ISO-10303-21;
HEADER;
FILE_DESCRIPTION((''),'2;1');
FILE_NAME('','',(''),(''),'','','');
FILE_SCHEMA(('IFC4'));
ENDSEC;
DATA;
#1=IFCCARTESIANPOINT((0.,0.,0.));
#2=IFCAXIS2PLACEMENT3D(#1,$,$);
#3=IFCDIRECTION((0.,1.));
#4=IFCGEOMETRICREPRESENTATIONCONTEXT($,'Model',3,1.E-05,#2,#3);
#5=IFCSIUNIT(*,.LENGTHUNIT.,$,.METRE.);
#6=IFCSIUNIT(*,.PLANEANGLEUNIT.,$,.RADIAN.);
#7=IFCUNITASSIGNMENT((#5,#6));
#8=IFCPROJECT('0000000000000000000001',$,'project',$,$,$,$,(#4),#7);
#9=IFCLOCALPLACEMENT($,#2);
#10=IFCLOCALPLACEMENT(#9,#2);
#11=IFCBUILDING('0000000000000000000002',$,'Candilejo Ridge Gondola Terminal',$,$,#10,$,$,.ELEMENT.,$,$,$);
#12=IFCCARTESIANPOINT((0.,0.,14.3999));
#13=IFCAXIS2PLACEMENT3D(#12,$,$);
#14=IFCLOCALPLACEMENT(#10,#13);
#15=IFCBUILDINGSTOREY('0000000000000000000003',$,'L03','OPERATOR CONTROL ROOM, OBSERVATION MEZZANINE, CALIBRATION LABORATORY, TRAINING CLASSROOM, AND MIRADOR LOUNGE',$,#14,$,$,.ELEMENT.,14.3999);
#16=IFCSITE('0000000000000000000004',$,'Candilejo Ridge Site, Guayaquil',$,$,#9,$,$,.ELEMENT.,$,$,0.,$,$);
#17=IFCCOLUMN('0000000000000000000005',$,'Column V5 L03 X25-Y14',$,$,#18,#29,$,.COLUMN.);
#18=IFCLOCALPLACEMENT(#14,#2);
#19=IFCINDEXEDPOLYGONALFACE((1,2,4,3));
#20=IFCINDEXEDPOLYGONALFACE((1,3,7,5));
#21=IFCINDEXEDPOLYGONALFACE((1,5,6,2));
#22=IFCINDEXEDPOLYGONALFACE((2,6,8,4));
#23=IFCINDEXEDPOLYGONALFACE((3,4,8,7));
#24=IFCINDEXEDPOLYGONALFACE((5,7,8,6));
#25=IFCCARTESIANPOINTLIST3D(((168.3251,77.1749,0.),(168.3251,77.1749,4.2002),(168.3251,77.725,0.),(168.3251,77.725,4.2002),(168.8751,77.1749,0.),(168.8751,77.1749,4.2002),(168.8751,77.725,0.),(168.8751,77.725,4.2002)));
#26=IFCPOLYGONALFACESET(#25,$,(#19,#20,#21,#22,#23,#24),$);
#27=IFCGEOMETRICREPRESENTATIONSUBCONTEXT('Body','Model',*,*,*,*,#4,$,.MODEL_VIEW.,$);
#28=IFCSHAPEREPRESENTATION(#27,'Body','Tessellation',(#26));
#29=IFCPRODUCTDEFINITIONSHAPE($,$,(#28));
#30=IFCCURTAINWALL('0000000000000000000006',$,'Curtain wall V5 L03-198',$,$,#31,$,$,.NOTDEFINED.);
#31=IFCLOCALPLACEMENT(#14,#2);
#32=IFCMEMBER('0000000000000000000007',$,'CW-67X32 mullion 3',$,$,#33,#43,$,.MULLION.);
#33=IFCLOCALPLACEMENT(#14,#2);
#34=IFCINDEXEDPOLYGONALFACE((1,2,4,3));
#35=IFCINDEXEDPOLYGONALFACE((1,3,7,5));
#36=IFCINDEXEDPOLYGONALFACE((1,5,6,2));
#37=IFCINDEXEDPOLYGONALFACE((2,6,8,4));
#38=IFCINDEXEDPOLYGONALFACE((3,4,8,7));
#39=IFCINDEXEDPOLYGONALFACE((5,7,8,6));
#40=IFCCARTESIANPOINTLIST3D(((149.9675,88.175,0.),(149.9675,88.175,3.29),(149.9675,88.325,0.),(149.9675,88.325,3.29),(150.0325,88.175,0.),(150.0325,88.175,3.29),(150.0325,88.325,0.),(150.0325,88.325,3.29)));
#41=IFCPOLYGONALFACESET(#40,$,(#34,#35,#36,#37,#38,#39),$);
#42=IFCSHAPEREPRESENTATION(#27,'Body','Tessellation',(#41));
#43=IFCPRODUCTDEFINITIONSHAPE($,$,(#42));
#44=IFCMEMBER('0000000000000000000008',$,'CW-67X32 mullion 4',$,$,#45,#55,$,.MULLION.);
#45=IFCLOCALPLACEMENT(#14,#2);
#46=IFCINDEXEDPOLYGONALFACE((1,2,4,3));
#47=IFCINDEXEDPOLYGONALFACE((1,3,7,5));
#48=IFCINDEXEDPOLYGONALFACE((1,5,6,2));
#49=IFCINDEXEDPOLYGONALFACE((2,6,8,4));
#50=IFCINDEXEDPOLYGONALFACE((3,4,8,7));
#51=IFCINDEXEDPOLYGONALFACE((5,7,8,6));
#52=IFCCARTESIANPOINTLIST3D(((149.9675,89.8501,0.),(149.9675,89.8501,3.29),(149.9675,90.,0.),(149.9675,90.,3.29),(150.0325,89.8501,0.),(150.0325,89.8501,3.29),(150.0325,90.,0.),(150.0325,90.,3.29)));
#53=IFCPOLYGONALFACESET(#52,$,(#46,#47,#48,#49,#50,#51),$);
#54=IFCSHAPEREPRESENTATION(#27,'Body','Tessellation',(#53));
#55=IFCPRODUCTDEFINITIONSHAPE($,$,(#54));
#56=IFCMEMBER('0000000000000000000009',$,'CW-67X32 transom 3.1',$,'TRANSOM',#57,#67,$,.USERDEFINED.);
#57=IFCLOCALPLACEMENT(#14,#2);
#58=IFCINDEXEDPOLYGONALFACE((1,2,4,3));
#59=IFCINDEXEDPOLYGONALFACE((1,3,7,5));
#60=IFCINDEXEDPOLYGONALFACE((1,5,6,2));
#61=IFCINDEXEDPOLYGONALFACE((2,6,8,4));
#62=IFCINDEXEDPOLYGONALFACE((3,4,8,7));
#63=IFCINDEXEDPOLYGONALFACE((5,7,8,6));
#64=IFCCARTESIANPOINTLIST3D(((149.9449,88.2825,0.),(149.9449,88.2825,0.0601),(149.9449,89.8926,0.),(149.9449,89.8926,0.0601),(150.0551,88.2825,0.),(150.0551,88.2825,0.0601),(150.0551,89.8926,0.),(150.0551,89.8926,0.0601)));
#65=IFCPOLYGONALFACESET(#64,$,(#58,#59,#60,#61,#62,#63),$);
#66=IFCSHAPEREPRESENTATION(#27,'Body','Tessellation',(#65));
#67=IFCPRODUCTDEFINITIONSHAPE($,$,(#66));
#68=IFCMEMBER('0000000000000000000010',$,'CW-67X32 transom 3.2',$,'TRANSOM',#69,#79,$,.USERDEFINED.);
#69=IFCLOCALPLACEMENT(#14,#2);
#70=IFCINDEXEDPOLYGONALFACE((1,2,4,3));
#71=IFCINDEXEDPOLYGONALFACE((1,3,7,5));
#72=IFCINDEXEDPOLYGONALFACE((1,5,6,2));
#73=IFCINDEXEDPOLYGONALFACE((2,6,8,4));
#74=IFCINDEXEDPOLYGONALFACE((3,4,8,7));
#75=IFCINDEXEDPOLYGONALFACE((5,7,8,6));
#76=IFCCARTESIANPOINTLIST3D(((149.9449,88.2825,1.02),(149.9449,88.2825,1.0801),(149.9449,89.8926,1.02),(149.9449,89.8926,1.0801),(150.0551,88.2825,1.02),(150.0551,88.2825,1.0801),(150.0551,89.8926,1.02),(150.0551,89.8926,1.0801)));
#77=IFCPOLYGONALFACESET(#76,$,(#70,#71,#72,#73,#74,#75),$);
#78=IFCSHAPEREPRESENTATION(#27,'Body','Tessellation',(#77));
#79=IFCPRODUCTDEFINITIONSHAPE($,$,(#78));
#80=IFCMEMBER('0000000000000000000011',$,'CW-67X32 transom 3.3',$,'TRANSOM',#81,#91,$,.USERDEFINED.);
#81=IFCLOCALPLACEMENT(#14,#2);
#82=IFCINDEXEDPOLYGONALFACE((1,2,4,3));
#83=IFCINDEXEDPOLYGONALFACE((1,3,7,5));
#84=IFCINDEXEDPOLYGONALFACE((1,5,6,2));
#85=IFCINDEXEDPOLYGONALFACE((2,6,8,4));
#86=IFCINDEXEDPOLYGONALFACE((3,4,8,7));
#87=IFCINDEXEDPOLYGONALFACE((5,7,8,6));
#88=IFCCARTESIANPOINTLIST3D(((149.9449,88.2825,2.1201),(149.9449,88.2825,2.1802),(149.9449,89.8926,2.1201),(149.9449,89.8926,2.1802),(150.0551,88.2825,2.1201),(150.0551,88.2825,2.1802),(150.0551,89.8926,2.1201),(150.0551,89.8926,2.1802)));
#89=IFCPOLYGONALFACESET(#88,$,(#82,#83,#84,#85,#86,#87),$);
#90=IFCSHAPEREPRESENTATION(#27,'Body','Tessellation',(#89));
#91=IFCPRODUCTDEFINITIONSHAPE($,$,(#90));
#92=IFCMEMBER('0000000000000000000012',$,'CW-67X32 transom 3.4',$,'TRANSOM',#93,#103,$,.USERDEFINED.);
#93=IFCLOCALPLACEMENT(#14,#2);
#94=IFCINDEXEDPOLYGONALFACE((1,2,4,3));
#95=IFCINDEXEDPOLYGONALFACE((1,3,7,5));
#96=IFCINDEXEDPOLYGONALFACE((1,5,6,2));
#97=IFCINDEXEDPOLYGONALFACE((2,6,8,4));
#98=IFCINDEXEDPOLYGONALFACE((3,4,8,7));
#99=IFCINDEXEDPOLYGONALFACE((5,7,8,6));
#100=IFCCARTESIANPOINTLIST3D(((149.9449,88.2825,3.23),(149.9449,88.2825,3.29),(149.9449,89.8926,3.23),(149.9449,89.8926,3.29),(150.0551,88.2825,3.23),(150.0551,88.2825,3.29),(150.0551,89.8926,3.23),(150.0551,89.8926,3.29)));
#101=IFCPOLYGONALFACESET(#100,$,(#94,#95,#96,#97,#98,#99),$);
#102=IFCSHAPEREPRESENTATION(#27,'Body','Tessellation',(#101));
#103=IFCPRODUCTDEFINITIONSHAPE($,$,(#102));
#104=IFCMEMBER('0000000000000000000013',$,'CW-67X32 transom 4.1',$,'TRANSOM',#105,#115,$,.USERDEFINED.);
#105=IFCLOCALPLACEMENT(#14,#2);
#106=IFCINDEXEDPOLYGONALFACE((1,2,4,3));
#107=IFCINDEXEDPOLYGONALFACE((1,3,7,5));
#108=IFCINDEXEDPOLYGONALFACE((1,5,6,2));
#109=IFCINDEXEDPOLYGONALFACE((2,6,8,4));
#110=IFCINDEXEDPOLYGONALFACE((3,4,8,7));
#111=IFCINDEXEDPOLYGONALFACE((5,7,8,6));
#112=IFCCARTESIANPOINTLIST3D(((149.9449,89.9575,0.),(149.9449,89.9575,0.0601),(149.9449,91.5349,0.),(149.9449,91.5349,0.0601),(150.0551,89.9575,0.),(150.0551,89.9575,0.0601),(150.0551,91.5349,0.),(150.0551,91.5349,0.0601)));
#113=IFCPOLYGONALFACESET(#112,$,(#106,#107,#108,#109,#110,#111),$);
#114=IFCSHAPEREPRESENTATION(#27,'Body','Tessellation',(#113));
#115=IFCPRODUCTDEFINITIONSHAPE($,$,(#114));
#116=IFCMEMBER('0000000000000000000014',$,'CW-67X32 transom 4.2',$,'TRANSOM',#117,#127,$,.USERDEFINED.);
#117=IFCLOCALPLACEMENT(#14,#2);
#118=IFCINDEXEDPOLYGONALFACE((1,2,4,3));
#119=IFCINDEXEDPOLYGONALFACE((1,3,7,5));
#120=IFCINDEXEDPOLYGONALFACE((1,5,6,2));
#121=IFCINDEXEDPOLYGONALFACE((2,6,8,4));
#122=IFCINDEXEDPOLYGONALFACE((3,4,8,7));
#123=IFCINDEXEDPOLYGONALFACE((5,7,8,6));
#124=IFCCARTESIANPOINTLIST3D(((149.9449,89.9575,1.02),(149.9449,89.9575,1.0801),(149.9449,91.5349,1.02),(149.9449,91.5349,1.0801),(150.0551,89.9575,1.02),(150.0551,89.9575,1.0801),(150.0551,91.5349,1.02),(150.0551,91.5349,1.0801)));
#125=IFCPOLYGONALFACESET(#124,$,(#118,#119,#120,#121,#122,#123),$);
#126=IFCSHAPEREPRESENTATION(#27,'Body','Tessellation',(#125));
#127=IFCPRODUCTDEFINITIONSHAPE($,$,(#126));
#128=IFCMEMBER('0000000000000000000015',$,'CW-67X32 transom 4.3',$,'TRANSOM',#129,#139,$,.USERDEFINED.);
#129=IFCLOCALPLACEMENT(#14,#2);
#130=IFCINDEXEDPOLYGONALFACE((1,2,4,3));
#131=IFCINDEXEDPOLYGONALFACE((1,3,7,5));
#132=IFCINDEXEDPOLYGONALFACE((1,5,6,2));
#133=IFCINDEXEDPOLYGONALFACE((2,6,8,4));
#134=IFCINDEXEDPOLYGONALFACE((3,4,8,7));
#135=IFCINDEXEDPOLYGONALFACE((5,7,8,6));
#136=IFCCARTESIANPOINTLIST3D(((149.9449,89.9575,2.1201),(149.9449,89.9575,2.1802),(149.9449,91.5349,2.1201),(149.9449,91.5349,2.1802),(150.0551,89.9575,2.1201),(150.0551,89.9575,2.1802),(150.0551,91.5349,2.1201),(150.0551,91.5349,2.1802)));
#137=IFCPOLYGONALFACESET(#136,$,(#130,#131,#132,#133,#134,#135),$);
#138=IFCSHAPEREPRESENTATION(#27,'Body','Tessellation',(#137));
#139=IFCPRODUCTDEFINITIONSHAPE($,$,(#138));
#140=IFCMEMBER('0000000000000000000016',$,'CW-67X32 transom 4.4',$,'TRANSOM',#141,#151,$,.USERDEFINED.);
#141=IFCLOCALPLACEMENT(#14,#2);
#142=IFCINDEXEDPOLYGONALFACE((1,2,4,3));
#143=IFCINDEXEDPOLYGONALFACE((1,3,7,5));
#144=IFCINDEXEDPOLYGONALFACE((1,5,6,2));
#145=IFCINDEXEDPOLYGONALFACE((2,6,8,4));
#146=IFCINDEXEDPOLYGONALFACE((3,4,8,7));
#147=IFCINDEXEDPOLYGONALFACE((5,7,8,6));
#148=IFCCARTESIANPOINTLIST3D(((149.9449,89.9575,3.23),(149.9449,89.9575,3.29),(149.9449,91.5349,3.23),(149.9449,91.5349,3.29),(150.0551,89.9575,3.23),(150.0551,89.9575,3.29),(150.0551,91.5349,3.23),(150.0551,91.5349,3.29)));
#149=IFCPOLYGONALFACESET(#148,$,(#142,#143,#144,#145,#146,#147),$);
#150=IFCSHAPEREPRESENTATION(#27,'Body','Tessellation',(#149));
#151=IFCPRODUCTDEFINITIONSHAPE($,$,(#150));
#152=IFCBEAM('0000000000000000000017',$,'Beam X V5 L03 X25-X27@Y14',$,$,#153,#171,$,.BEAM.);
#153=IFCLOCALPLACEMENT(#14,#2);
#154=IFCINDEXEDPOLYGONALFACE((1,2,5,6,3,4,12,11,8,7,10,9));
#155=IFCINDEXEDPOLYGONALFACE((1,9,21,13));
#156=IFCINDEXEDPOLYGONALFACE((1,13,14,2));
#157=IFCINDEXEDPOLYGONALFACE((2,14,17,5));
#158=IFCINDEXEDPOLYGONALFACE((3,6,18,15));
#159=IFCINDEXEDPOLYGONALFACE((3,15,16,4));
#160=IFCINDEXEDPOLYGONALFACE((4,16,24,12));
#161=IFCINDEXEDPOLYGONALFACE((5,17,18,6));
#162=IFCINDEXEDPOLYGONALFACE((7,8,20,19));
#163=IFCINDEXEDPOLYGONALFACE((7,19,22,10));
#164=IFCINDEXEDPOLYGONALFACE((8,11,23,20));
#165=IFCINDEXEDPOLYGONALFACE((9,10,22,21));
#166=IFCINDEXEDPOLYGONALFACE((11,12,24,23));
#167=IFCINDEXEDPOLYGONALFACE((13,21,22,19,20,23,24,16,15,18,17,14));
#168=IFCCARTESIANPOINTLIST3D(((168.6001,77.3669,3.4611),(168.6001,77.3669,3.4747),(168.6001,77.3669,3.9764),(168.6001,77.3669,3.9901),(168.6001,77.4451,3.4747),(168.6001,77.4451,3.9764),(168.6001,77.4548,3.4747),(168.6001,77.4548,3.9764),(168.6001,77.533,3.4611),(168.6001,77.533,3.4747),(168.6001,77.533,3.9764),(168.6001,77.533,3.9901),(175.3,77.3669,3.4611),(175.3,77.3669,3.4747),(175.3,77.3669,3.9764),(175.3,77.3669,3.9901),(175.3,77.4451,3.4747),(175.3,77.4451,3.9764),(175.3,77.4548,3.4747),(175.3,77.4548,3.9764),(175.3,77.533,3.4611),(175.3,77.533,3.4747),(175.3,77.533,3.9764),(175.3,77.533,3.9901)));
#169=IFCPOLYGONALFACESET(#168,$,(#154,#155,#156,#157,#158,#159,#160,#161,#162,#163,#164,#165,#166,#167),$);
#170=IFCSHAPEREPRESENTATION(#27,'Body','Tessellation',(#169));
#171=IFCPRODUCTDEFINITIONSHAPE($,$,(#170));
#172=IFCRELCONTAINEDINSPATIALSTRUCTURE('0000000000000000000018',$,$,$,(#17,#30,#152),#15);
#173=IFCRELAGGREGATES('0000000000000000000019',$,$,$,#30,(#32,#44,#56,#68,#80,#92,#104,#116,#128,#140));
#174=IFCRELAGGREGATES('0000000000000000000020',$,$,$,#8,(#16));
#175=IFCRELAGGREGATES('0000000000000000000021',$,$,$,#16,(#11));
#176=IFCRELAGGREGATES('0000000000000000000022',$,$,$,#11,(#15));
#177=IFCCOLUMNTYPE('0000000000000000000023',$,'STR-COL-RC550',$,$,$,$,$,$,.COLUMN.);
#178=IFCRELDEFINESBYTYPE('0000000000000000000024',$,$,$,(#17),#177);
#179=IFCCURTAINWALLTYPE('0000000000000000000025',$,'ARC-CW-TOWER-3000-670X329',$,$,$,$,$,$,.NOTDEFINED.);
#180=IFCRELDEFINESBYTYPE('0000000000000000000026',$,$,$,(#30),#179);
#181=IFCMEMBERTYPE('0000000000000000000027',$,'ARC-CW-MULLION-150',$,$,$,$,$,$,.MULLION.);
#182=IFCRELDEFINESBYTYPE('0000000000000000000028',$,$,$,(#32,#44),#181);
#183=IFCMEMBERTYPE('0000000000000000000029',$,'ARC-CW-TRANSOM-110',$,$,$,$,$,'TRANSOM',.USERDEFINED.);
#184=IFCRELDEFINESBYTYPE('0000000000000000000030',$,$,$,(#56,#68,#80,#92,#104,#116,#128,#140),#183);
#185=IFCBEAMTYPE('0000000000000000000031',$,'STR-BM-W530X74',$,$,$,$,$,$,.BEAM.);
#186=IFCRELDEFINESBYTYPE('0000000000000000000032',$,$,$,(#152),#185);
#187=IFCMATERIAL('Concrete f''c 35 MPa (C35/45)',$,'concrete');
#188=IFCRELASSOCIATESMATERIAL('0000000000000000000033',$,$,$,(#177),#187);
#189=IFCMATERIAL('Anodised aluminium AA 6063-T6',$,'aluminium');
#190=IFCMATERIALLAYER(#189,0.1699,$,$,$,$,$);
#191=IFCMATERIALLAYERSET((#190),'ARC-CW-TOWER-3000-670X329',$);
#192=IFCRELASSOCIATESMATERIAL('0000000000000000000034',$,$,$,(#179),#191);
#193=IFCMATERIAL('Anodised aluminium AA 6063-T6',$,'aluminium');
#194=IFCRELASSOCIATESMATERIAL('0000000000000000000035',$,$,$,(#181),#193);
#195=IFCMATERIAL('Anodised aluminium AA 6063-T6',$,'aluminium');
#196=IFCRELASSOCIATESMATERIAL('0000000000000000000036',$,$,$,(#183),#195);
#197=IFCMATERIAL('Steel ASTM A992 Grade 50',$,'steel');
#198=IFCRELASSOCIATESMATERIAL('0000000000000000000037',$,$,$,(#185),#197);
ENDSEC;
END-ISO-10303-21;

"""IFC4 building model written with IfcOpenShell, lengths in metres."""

from ifc_helpers import new_model, si_unit, direction, frame, origin, origin_2d, place, context, subcontext, project, spatial, rectangle, i_section, extrude, material, layer, layer_set, material_profile, profile_set, type_object, element, aggregate, save


model = new_model("IFC4")

# Units and contexts
model_context = context("Model", 3, precision=1e-05, world=origin(), true_north=direction((0.0, 1.0)))
body_context = subcontext(model_context, "Body", "Model", "MODEL_VIEW")
ifc_project = project(units=[si_unit("LENGTHUNIT", "METRE"), si_unit("PLANEANGLEUNIT", "RADIAN")], contexts=[model_context])

# Site, building, storey
site_placement = place(None, origin())
site = spatial("IfcSite", under=ifc_project, at=site_placement, Name="Candilejo Ridge Site, Guayaquil", CompositionType="ELEMENT", RefElevation=0.0)
building_placement = place(site_placement, origin())
building = spatial("IfcBuilding", under=site, at=building_placement, Name="Candilejo Ridge Gondola Terminal", CompositionType="ELEMENT")
storey_placement = place(building_placement, frame((0.0, 0.0, 14.3999)))
storey = spatial("IfcBuildingStorey", under=building, at=storey_placement, Name="L03", Description="OPERATOR CONTROL ROOM, OBSERVATION MEZZANINE, CALIBRATION LABORATORY, TRAINING CLASSROOM, AND MIRADOR LOUNGE", CompositionType="ELEMENT", Elevation=14.3999)

# Column
ifc_material_1 = material(Name="Concrete f'c 35 MPa (C35/45)", Category="concrete")
ifc_material_profile_1 = material_profile(ifc_material_1, rectangle(XDim=0.55, YDim=0.55, at=origin_2d()))
ifc_profile_set_1 = profile_set([ifc_material_profile_1], Name="Concrete f'c 35 MPa (C35/45)")
column_type = type_object("IfcColumnType", Name="STR-COL-RC550", PredefinedType="COLUMN", material=ifc_profile_set_1)
column_placement = place(storey_placement, frame((168.6001, 77.45, 0.0), z_axis=(0.0, 0.0, 1.0), x_axis=(1.0, 0.0, 0.0)))
element("IfcColumn", 1, at=column_placement, inside=storey, type_object=column_type, Name="Column V5 L03 X25-Y14", PredefinedType="COLUMN", context=body_context, shape_type="SweptSolid", body=[
    extrude(rectangle(XDim=0.55, YDim=0.55, at=origin_2d()), origin(), (0.0, 0.0, 1.0), 4.2002),
])

# Curtain wall, members
ifc_material_2 = material(Name="Anodised aluminium AA 6063-T6", Category="aluminium")
ifc_layer_1 = layer(ifc_material_2, 0.1699)
ifc_layer_set_1 = layer_set([ifc_layer_1], Name="ARC-CW-TOWER-3000-670X329")
curtain_wall_type = type_object("IfcCurtainWallType", Name="ARC-CW-TOWER-3000-670X329", PredefinedType="NOTDEFINED", material=ifc_layer_set_1)
curtain_wall_placement = place(storey_placement, origin())
curtain_wall = element("IfcCurtainWall", 2, at=curtain_wall_placement, inside=storey, type_object=curtain_wall_type, Name="Curtain wall V5 L03-198", PredefinedType="NOTDEFINED")
ifc_material_3 = material(Name="Anodised aluminium AA 6063-T6", Category="aluminium")
ifc_material_profile_2 = material_profile(ifc_material_3, rectangle(XDim=0.0649, YDim=0.1499, at=origin_2d()))
ifc_profile_set_2 = profile_set([ifc_material_profile_2], Name="Anodised aluminium AA 6063-T6")
member_type_1 = type_object("IfcMemberType", Name="ARC-CW-MULLION-150", PredefinedType="MULLION", material=ifc_profile_set_2)
member_1_placement = place(storey_placement, frame((150.0, 88.25, 0.0), z_axis=(0.0, 0.0, 1.0), x_axis=(-1.0, 0.0, 0.0)))
member_1 = element("IfcMember", 3, at=member_1_placement, type_object=member_type_1, Name="CW-67X32 mullion 3", PredefinedType="MULLION", context=body_context, shape_type="SweptSolid", body=[
    extrude(rectangle(XDim=0.0649, YDim=0.1499, at=origin_2d()), origin(), (0.0, 0.0, 1.0), 3.29),
])
member_2_placement = place(storey_placement, frame((150.0, 89.925, 0.0), z_axis=(0.0, 0.0, 1.0), x_axis=(-1.0, 0.0, 0.0)))
member_2 = element("IfcMember", 4, at=member_2_placement, type_object=member_type_1, Name="CW-67X32 mullion 4", PredefinedType="MULLION", context=body_context, shape_type="SweptSolid", body=[
    extrude(rectangle(XDim=0.0649, YDim=0.1499, at=origin_2d()), origin(), (0.0, 0.0, 1.0), 3.29),
])
ifc_material_4 = material(Name="Anodised aluminium AA 6063-T6", Category="aluminium")
ifc_material_profile_3 = material_profile(ifc_material_4, rectangle(XDim=0.1101, YDim=0.0601, at=origin_2d()))
ifc_profile_set_3 = profile_set([ifc_material_profile_3], Name="Anodised aluminium AA 6063-T6")
member_type_2 = type_object("IfcMemberType", Name="ARC-CW-TRANSOM-110", ElementType="TRANSOM", PredefinedType="USERDEFINED", material=ifc_profile_set_3)
member_3_placement = place(storey_placement, frame((150.0, 88.2825, 0.03), z_axis=(0.0, 1.0, 0.0), x_axis=(-1.0, 0.0, 0.0)))
member_3 = element("IfcMember", 5, at=member_3_placement, type_object=member_type_2, Name="CW-67X32 transom 3.1", ObjectType="TRANSOM", PredefinedType="USERDEFINED", context=body_context, shape_type="SweptSolid", body=[
    extrude(rectangle(XDim=0.1101, YDim=0.0601, at=origin_2d()), origin(), (0.0, 0.0, 1.0), 1.6101),
])
member_4_placement = place(storey_placement, frame((150.0, 88.2825, 1.05), z_axis=(0.0, 1.0, 0.0), x_axis=(-1.0, 0.0, 0.0)))
member_4 = element("IfcMember", 6, at=member_4_placement, type_object=member_type_2, Name="CW-67X32 transom 3.2", ObjectType="TRANSOM", PredefinedType="USERDEFINED", context=body_context, shape_type="SweptSolid", body=[
    extrude(rectangle(XDim=0.1101, YDim=0.0601, at=origin_2d()), origin(), (0.0, 0.0, 1.0), 1.6101),
])
member_5_placement = place(storey_placement, frame((150.0, 88.2825, 2.1501), z_axis=(0.0, 1.0, 0.0), x_axis=(-1.0, 0.0, 0.0)))
member_5 = element("IfcMember", 7, at=member_5_placement, type_object=member_type_2, Name="CW-67X32 transom 3.3", ObjectType="TRANSOM", PredefinedType="USERDEFINED", context=body_context, shape_type="SweptSolid", body=[
    extrude(rectangle(XDim=0.1101, YDim=0.0601, at=origin_2d()), origin(), (0.0, 0.0, 1.0), 1.6101),
])
member_6_placement = place(storey_placement, frame((150.0, 88.2825, 3.26), z_axis=(0.0, 1.0, 0.0), x_axis=(-1.0, 0.0, 0.0)))
member_6 = element("IfcMember", 8, at=member_6_placement, type_object=member_type_2, Name="CW-67X32 transom 3.4", ObjectType="TRANSOM", PredefinedType="USERDEFINED", context=body_context, shape_type="SweptSolid", body=[
    extrude(rectangle(XDim=0.1101, YDim=0.0601, at=origin_2d()), origin(), (0.0, 0.0, 1.0), 1.6101),
])
member_7_placement = place(storey_placement, frame((150.0, 89.9575, 0.03), z_axis=(0.0, 1.0, 0.0), x_axis=(-1.0, 0.0, 0.0)))
member_7 = element("IfcMember", 9, at=member_7_placement, type_object=member_type_2, Name="CW-67X32 transom 4.1", ObjectType="TRANSOM", PredefinedType="USERDEFINED", context=body_context, shape_type="SweptSolid", body=[
    extrude(rectangle(XDim=0.1101, YDim=0.0601, at=origin_2d()), origin(), (0.0, 0.0, 1.0), 1.5774),
])
member_8_placement = place(storey_placement, frame((150.0, 89.9575, 1.05), z_axis=(0.0, 1.0, 0.0), x_axis=(-1.0, 0.0, 0.0)))
member_8 = element("IfcMember", 10, at=member_8_placement, type_object=member_type_2, Name="CW-67X32 transom 4.2", ObjectType="TRANSOM", PredefinedType="USERDEFINED", context=body_context, shape_type="SweptSolid", body=[
    extrude(rectangle(XDim=0.1101, YDim=0.0601, at=origin_2d()), origin(), (0.0, 0.0, 1.0), 1.5774),
])
member_9_placement = place(storey_placement, frame((150.0, 89.9575, 2.1501), z_axis=(0.0, 1.0, 0.0), x_axis=(-1.0, 0.0, 0.0)))
member_9 = element("IfcMember", 11, at=member_9_placement, type_object=member_type_2, Name="CW-67X32 transom 4.3", ObjectType="TRANSOM", PredefinedType="USERDEFINED", context=body_context, shape_type="SweptSolid", body=[
    extrude(rectangle(XDim=0.1101, YDim=0.0601, at=origin_2d()), origin(), (0.0, 0.0, 1.0), 1.5774),
])
member_10_placement = place(storey_placement, frame((150.0, 89.9575, 3.26), z_axis=(0.0, 1.0, 0.0), x_axis=(-1.0, 0.0, 0.0)))
member_10 = element("IfcMember", 12, at=member_10_placement, type_object=member_type_2, Name="CW-67X32 transom 4.4", ObjectType="TRANSOM", PredefinedType="USERDEFINED", context=body_context, shape_type="SweptSolid", body=[
    extrude(rectangle(XDim=0.1101, YDim=0.0601, at=origin_2d()), origin(), (0.0, 0.0, 1.0), 1.5774),
])

# Beam
ifc_material_5 = material(Name="Steel ASTM A992 Grade 50", Category="steel")
ifc_material_profile_4 = material_profile(ifc_material_5, i_section(OverallWidth=0.166, OverallDepth=0.5291, WebThickness=0.0098, FlangeThickness=0.0137, at=origin_2d()))
ifc_profile_set_4 = profile_set([ifc_material_profile_4], Name="Steel ASTM A992 Grade 50")
beam_type_1 = type_object("IfcBeamType", Name="STR-BM-W530X74", PredefinedType="BEAM", material=ifc_profile_set_4)
beam_placement = place(storey_placement, frame((168.6001, 77.45, 3.7256), z_axis=(1.0, 0.0, 0.0), x_axis=(0.0, 1.0, 0.0)))
element("IfcBeam", 13, at=beam_placement, inside=storey, type_object=beam_type_1, Name="Beam X V5 L03 X25-X27@Y14", PredefinedType="BEAM", context=body_context, shape_type="SweptSolid", body=[
    extrude(i_section(OverallWidth=0.166, OverallDepth=0.5291, WebThickness=0.0098, FlangeThickness=0.0137, at=origin_2d()), origin(), (0.0, 0.0, 1.0), 6.7),
])

aggregate(curtain_wall, [member_1, member_2, member_3, member_4, member_5, member_6, member_7, member_8, member_9, member_10])

save(model, "model.ifc")
